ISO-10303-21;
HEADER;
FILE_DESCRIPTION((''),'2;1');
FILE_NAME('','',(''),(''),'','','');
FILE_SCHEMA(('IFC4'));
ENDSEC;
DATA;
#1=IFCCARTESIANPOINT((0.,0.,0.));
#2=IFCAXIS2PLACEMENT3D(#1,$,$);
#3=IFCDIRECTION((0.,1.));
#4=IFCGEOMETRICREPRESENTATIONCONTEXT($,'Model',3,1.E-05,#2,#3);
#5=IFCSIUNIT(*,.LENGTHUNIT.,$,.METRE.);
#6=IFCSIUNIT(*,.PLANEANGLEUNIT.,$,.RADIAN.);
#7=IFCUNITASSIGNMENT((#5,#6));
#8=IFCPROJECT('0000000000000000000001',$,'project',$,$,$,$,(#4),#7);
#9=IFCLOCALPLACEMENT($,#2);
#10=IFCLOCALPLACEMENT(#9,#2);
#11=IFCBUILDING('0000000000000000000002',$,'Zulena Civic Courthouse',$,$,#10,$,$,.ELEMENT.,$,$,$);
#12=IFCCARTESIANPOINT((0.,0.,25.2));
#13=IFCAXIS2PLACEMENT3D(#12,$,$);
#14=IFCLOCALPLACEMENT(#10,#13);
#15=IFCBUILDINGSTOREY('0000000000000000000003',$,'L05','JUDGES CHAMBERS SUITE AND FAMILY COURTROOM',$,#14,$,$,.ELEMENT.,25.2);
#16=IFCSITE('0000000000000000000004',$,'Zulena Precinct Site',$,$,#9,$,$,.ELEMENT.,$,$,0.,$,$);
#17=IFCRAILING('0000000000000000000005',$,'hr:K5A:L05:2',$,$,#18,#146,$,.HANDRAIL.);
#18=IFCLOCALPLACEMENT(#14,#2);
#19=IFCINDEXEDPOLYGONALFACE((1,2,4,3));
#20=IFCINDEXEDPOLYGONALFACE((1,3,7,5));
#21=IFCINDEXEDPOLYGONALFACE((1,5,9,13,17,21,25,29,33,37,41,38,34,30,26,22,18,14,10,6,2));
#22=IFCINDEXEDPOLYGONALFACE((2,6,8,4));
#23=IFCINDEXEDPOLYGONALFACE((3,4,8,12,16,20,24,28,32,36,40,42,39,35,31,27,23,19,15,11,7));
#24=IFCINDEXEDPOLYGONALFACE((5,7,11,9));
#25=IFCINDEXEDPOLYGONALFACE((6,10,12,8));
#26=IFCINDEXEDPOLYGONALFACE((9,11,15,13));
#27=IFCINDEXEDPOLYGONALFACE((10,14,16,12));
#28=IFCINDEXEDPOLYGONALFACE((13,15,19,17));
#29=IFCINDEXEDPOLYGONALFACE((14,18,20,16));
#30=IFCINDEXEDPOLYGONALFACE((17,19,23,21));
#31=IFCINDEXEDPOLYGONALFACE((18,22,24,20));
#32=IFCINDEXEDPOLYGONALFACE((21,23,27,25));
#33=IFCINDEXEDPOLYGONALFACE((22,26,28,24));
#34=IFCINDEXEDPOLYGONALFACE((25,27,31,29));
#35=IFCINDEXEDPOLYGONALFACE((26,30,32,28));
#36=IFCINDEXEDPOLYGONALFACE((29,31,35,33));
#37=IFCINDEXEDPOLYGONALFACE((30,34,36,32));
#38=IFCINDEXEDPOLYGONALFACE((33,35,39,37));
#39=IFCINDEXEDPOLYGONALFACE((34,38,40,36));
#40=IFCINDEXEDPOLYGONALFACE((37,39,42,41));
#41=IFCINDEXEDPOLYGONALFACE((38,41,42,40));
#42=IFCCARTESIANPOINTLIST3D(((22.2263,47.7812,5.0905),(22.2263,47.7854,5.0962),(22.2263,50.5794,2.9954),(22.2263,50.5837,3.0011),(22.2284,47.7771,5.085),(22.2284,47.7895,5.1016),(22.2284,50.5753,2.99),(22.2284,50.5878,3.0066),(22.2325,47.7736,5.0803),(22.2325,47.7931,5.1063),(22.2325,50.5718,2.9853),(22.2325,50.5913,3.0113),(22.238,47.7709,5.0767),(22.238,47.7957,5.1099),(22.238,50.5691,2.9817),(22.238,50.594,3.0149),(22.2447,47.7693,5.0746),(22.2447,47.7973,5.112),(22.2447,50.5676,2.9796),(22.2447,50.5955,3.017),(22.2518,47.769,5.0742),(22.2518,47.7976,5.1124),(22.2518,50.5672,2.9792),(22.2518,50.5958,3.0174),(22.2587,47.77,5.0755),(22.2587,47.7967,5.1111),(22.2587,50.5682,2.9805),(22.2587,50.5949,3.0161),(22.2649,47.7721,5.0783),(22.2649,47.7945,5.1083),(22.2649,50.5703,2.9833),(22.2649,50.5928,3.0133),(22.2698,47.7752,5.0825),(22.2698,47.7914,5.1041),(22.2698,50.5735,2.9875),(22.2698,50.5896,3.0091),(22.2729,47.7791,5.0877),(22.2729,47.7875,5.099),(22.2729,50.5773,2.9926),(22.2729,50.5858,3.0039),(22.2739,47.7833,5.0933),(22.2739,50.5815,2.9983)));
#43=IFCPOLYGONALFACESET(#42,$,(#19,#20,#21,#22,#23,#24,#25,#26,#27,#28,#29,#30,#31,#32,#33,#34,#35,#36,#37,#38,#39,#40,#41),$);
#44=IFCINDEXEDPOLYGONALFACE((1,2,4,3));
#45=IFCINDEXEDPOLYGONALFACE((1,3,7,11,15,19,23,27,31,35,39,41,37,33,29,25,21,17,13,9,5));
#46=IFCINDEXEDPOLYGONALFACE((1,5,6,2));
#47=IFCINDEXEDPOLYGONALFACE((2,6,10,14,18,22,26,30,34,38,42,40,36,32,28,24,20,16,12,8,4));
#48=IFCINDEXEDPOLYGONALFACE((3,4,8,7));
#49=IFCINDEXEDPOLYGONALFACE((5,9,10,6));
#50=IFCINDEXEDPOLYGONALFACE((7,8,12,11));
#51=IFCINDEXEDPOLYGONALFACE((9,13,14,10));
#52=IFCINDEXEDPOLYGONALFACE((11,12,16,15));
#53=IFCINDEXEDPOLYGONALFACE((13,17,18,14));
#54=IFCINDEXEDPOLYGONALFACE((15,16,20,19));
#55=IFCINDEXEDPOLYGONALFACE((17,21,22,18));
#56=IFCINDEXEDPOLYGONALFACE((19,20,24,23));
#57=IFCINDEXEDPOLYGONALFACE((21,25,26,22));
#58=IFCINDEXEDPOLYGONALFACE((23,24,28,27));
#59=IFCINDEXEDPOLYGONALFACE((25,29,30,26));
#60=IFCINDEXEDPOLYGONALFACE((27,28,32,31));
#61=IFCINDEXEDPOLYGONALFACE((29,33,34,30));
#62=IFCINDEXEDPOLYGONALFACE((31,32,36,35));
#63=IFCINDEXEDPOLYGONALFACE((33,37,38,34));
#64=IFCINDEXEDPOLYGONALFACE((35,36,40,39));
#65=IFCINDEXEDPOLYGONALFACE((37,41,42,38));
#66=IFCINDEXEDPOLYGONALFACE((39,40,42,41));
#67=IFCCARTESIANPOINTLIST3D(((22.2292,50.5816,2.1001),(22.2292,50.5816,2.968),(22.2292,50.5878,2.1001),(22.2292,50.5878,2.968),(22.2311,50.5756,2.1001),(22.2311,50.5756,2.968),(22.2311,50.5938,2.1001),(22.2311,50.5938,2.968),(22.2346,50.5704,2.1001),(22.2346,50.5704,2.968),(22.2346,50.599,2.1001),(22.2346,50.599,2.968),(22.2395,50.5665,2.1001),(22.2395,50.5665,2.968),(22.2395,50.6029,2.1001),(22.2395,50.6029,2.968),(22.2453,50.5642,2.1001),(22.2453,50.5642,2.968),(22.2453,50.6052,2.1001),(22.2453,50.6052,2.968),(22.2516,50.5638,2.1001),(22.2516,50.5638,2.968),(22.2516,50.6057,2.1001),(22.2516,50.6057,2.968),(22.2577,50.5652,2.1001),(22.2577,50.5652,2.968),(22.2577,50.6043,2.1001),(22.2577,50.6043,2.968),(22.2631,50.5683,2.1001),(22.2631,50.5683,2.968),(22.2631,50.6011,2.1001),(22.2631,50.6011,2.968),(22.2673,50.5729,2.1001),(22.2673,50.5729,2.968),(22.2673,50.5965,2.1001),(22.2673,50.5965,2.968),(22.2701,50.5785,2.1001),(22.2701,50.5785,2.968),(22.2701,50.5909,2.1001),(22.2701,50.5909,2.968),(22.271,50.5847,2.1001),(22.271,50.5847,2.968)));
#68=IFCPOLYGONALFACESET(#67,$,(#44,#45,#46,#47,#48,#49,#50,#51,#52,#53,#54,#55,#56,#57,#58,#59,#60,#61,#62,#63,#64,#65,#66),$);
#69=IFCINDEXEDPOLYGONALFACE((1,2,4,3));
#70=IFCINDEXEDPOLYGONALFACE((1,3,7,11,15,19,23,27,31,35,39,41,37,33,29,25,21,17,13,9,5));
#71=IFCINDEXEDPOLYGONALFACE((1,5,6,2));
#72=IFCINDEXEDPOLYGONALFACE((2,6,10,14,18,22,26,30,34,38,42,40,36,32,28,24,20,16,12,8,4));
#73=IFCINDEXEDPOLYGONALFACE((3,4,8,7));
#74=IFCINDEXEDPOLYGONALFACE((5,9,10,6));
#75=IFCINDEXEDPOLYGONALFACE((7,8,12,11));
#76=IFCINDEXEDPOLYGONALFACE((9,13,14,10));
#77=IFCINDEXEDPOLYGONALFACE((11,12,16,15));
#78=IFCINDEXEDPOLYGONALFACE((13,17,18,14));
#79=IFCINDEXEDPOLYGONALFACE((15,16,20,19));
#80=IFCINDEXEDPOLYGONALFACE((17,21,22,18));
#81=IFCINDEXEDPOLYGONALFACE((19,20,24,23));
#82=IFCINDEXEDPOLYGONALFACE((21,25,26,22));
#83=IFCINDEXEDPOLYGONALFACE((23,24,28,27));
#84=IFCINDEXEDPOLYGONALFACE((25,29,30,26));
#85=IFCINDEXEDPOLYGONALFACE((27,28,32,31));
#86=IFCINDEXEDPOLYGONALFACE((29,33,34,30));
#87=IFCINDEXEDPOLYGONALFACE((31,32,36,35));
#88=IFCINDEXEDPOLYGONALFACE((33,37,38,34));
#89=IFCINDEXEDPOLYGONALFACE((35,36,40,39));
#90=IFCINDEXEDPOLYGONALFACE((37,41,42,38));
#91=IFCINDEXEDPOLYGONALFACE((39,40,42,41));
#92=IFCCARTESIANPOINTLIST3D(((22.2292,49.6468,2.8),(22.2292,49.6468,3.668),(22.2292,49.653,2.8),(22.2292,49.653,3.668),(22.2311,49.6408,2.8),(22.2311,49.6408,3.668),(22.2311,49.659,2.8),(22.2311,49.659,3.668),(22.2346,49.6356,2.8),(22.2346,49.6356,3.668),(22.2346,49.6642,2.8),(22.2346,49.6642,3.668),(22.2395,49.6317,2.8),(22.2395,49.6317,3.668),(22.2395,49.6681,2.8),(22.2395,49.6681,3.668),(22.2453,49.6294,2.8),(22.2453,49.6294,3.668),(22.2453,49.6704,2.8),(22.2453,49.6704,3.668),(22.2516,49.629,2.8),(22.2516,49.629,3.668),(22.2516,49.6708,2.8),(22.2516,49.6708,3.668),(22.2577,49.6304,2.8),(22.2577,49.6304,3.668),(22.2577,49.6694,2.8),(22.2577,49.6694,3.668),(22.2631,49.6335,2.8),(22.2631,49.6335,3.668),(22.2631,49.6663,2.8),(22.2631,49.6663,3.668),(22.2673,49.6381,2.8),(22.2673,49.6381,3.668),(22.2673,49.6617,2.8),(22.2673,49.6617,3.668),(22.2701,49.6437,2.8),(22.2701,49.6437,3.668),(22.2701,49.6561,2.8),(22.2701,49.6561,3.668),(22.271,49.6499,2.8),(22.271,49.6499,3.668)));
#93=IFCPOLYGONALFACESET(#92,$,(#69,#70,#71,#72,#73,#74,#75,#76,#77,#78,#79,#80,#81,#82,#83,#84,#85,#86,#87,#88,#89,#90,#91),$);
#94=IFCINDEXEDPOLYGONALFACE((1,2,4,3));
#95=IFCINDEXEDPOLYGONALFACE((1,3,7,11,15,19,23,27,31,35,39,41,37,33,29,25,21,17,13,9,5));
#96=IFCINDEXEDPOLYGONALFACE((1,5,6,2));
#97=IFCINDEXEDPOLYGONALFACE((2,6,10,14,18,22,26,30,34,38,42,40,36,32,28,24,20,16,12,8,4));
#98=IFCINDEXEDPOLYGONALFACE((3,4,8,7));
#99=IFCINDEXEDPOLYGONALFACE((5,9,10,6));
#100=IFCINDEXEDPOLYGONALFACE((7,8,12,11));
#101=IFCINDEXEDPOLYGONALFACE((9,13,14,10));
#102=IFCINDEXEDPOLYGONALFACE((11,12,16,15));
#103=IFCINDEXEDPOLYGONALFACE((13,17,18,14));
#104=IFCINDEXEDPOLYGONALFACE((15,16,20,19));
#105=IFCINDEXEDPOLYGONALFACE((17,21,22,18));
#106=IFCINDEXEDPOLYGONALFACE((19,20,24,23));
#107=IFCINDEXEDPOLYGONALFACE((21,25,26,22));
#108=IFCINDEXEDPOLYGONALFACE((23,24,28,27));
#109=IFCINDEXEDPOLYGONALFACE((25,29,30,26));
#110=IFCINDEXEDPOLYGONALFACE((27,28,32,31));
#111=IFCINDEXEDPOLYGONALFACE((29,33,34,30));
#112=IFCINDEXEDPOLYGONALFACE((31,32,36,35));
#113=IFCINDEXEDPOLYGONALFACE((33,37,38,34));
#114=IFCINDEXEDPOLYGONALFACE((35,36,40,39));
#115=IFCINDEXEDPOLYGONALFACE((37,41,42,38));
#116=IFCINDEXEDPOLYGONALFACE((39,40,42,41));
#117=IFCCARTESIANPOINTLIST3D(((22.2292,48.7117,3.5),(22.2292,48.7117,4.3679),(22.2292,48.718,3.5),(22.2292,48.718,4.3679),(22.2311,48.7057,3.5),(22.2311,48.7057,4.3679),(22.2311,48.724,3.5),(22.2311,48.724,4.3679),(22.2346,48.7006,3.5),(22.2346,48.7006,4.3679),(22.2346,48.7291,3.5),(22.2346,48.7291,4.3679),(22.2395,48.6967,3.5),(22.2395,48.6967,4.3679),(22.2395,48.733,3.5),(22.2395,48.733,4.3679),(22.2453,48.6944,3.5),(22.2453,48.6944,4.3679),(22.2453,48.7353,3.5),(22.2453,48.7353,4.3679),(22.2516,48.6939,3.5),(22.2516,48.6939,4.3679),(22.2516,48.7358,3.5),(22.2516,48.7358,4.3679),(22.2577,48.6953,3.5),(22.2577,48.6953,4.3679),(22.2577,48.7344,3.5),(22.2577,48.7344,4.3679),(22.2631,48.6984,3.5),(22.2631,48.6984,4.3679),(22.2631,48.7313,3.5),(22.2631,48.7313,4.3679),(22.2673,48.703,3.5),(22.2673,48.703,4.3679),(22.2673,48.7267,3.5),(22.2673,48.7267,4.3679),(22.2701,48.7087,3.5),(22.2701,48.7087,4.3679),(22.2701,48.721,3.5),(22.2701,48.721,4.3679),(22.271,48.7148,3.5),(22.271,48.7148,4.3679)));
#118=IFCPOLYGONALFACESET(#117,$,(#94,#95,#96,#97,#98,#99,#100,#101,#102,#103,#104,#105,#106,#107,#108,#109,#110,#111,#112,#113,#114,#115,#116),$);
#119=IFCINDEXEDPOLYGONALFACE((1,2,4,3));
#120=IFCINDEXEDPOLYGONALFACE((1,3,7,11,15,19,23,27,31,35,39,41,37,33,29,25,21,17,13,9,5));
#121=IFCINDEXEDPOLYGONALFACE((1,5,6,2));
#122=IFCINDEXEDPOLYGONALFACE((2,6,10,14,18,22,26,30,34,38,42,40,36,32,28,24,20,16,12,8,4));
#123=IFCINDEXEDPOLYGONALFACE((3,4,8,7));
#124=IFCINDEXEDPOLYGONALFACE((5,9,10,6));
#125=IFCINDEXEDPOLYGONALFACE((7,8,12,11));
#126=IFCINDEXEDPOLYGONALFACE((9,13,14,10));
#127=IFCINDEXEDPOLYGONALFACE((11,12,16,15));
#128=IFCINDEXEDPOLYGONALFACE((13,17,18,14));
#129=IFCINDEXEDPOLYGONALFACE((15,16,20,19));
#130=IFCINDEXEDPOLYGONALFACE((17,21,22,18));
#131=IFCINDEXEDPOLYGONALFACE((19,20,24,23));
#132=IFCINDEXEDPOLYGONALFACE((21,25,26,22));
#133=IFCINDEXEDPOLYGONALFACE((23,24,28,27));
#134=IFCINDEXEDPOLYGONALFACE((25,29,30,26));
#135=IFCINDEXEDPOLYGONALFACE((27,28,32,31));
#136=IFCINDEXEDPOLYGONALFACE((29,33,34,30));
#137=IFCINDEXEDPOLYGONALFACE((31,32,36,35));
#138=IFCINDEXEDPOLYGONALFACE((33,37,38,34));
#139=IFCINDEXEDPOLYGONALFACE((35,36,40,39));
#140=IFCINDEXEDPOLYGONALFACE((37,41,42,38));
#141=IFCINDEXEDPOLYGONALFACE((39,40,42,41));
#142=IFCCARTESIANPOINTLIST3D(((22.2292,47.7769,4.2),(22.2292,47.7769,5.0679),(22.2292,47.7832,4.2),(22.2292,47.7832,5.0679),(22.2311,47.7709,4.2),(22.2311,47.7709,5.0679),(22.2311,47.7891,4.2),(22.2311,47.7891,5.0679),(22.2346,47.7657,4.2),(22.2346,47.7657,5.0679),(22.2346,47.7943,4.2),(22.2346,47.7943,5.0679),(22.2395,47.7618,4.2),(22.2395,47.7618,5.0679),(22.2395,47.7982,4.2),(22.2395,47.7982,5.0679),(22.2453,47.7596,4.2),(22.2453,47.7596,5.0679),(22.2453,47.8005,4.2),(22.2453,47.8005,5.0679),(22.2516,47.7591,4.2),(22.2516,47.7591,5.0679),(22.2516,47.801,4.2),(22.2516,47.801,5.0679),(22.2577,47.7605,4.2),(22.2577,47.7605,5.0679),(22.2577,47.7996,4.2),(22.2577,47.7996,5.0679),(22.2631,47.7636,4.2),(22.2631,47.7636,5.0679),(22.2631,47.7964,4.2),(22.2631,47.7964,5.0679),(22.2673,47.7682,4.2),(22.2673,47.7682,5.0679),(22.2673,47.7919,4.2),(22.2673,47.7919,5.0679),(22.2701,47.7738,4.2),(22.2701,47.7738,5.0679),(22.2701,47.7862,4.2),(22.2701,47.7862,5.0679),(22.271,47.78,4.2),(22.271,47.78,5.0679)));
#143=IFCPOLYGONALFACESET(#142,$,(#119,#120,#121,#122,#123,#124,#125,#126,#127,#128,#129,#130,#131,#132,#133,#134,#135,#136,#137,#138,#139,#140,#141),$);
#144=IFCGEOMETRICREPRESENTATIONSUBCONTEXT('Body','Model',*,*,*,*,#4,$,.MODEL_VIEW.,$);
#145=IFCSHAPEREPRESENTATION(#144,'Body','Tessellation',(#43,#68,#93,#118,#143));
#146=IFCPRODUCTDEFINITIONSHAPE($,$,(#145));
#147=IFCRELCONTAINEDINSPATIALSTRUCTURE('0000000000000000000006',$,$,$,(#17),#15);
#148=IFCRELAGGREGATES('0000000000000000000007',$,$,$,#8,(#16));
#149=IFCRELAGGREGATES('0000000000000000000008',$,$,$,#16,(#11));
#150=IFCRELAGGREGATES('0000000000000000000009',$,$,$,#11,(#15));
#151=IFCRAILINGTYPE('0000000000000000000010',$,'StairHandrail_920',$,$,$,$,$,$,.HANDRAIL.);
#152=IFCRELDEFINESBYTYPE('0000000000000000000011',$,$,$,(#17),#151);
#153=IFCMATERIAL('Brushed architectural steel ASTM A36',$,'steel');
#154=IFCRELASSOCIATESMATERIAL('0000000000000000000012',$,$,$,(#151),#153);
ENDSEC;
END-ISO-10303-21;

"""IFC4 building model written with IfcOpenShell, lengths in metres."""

from ifc_helpers import new_model, si_unit, direction, frame, origin, origin_2d, place, context, subcontext, project, spatial, circle, extrude, material, type_object, element, save


model = new_model("IFC4")

# Units and contexts
model_context = context("Model", 3, precision=1e-05, world=origin(), true_north=direction((0.0, 1.0)))
body_context = subcontext(model_context, "Body", "Model", "MODEL_VIEW")
ifc_project = project(units=[si_unit("LENGTHUNIT", "METRE"), si_unit("PLANEANGLEUNIT", "RADIAN")], contexts=[model_context])

# Site, building, storey
site_placement = place(None, origin())
site = spatial("IfcSite", under=ifc_project, at=site_placement, Name="Zulena Precinct Site", CompositionType="ELEMENT", RefElevation=0.0)
building_placement = place(site_placement, origin())
building = spatial("IfcBuilding", under=site, at=building_placement, Name="Zulena Civic Courthouse", CompositionType="ELEMENT")
storey_placement = place(building_placement, frame((0.0, 0.0, 25.2)))
storey = spatial("IfcBuildingStorey", under=building, at=storey_placement, Name="L05", Description="JUDGES CHAMBERS SUITE AND FAMILY COURTROOM", CompositionType="ELEMENT", Elevation=25.2)

# Shared definitions
ifc_material_1 = material(Name="Brushed architectural steel ASTM A36", Category="steel")

# Railing
railing_type_1 = type_object("IfcRailingType", Name="StairHandrail_920", PredefinedType="HANDRAIL", material=ifc_material_1)
railing_1_placement = place(storey_placement, frame((22.25, 50.5847, 2.1001)))
element("IfcRailing", 1, at=railing_1_placement, inside=storey, type_object=railing_type_1, Name="hr:K5A:L05:2", PredefinedType="HANDRAIL", context=body_context, shape_type="SweptSolid", body=[
    extrude(circle(Radius=0.0239, at=origin_2d()), frame((0.0, -0.0032, 0.8982), z_axis=(0.0, -0.800501, 0.599331), x_axis=(1.0, 0.0, 0.0)), (0.0, 0.0, 1.0), 3.4956),
    extrude(circle(Radius=0.021, at=origin_2d()), origin(), (0.0, 0.0, 1.0), 0.8679),
    extrude(circle(Radius=0.021, at=origin_2d()), frame((0.0, -0.9348, 0.7)), (0.0, 0.0, 1.0), 0.8679),
    extrude(circle(Radius=0.021, at=origin_2d()), frame((0.0, -1.8699, 1.3999)), (0.0, 0.0, 1.0), 0.8679),
    extrude(circle(Radius=0.021, at=origin_2d()), frame((0.0, -2.8047, 2.0999)), (0.0, 0.0, 1.0), 0.8679),
])

save(model, "model.ifc")
